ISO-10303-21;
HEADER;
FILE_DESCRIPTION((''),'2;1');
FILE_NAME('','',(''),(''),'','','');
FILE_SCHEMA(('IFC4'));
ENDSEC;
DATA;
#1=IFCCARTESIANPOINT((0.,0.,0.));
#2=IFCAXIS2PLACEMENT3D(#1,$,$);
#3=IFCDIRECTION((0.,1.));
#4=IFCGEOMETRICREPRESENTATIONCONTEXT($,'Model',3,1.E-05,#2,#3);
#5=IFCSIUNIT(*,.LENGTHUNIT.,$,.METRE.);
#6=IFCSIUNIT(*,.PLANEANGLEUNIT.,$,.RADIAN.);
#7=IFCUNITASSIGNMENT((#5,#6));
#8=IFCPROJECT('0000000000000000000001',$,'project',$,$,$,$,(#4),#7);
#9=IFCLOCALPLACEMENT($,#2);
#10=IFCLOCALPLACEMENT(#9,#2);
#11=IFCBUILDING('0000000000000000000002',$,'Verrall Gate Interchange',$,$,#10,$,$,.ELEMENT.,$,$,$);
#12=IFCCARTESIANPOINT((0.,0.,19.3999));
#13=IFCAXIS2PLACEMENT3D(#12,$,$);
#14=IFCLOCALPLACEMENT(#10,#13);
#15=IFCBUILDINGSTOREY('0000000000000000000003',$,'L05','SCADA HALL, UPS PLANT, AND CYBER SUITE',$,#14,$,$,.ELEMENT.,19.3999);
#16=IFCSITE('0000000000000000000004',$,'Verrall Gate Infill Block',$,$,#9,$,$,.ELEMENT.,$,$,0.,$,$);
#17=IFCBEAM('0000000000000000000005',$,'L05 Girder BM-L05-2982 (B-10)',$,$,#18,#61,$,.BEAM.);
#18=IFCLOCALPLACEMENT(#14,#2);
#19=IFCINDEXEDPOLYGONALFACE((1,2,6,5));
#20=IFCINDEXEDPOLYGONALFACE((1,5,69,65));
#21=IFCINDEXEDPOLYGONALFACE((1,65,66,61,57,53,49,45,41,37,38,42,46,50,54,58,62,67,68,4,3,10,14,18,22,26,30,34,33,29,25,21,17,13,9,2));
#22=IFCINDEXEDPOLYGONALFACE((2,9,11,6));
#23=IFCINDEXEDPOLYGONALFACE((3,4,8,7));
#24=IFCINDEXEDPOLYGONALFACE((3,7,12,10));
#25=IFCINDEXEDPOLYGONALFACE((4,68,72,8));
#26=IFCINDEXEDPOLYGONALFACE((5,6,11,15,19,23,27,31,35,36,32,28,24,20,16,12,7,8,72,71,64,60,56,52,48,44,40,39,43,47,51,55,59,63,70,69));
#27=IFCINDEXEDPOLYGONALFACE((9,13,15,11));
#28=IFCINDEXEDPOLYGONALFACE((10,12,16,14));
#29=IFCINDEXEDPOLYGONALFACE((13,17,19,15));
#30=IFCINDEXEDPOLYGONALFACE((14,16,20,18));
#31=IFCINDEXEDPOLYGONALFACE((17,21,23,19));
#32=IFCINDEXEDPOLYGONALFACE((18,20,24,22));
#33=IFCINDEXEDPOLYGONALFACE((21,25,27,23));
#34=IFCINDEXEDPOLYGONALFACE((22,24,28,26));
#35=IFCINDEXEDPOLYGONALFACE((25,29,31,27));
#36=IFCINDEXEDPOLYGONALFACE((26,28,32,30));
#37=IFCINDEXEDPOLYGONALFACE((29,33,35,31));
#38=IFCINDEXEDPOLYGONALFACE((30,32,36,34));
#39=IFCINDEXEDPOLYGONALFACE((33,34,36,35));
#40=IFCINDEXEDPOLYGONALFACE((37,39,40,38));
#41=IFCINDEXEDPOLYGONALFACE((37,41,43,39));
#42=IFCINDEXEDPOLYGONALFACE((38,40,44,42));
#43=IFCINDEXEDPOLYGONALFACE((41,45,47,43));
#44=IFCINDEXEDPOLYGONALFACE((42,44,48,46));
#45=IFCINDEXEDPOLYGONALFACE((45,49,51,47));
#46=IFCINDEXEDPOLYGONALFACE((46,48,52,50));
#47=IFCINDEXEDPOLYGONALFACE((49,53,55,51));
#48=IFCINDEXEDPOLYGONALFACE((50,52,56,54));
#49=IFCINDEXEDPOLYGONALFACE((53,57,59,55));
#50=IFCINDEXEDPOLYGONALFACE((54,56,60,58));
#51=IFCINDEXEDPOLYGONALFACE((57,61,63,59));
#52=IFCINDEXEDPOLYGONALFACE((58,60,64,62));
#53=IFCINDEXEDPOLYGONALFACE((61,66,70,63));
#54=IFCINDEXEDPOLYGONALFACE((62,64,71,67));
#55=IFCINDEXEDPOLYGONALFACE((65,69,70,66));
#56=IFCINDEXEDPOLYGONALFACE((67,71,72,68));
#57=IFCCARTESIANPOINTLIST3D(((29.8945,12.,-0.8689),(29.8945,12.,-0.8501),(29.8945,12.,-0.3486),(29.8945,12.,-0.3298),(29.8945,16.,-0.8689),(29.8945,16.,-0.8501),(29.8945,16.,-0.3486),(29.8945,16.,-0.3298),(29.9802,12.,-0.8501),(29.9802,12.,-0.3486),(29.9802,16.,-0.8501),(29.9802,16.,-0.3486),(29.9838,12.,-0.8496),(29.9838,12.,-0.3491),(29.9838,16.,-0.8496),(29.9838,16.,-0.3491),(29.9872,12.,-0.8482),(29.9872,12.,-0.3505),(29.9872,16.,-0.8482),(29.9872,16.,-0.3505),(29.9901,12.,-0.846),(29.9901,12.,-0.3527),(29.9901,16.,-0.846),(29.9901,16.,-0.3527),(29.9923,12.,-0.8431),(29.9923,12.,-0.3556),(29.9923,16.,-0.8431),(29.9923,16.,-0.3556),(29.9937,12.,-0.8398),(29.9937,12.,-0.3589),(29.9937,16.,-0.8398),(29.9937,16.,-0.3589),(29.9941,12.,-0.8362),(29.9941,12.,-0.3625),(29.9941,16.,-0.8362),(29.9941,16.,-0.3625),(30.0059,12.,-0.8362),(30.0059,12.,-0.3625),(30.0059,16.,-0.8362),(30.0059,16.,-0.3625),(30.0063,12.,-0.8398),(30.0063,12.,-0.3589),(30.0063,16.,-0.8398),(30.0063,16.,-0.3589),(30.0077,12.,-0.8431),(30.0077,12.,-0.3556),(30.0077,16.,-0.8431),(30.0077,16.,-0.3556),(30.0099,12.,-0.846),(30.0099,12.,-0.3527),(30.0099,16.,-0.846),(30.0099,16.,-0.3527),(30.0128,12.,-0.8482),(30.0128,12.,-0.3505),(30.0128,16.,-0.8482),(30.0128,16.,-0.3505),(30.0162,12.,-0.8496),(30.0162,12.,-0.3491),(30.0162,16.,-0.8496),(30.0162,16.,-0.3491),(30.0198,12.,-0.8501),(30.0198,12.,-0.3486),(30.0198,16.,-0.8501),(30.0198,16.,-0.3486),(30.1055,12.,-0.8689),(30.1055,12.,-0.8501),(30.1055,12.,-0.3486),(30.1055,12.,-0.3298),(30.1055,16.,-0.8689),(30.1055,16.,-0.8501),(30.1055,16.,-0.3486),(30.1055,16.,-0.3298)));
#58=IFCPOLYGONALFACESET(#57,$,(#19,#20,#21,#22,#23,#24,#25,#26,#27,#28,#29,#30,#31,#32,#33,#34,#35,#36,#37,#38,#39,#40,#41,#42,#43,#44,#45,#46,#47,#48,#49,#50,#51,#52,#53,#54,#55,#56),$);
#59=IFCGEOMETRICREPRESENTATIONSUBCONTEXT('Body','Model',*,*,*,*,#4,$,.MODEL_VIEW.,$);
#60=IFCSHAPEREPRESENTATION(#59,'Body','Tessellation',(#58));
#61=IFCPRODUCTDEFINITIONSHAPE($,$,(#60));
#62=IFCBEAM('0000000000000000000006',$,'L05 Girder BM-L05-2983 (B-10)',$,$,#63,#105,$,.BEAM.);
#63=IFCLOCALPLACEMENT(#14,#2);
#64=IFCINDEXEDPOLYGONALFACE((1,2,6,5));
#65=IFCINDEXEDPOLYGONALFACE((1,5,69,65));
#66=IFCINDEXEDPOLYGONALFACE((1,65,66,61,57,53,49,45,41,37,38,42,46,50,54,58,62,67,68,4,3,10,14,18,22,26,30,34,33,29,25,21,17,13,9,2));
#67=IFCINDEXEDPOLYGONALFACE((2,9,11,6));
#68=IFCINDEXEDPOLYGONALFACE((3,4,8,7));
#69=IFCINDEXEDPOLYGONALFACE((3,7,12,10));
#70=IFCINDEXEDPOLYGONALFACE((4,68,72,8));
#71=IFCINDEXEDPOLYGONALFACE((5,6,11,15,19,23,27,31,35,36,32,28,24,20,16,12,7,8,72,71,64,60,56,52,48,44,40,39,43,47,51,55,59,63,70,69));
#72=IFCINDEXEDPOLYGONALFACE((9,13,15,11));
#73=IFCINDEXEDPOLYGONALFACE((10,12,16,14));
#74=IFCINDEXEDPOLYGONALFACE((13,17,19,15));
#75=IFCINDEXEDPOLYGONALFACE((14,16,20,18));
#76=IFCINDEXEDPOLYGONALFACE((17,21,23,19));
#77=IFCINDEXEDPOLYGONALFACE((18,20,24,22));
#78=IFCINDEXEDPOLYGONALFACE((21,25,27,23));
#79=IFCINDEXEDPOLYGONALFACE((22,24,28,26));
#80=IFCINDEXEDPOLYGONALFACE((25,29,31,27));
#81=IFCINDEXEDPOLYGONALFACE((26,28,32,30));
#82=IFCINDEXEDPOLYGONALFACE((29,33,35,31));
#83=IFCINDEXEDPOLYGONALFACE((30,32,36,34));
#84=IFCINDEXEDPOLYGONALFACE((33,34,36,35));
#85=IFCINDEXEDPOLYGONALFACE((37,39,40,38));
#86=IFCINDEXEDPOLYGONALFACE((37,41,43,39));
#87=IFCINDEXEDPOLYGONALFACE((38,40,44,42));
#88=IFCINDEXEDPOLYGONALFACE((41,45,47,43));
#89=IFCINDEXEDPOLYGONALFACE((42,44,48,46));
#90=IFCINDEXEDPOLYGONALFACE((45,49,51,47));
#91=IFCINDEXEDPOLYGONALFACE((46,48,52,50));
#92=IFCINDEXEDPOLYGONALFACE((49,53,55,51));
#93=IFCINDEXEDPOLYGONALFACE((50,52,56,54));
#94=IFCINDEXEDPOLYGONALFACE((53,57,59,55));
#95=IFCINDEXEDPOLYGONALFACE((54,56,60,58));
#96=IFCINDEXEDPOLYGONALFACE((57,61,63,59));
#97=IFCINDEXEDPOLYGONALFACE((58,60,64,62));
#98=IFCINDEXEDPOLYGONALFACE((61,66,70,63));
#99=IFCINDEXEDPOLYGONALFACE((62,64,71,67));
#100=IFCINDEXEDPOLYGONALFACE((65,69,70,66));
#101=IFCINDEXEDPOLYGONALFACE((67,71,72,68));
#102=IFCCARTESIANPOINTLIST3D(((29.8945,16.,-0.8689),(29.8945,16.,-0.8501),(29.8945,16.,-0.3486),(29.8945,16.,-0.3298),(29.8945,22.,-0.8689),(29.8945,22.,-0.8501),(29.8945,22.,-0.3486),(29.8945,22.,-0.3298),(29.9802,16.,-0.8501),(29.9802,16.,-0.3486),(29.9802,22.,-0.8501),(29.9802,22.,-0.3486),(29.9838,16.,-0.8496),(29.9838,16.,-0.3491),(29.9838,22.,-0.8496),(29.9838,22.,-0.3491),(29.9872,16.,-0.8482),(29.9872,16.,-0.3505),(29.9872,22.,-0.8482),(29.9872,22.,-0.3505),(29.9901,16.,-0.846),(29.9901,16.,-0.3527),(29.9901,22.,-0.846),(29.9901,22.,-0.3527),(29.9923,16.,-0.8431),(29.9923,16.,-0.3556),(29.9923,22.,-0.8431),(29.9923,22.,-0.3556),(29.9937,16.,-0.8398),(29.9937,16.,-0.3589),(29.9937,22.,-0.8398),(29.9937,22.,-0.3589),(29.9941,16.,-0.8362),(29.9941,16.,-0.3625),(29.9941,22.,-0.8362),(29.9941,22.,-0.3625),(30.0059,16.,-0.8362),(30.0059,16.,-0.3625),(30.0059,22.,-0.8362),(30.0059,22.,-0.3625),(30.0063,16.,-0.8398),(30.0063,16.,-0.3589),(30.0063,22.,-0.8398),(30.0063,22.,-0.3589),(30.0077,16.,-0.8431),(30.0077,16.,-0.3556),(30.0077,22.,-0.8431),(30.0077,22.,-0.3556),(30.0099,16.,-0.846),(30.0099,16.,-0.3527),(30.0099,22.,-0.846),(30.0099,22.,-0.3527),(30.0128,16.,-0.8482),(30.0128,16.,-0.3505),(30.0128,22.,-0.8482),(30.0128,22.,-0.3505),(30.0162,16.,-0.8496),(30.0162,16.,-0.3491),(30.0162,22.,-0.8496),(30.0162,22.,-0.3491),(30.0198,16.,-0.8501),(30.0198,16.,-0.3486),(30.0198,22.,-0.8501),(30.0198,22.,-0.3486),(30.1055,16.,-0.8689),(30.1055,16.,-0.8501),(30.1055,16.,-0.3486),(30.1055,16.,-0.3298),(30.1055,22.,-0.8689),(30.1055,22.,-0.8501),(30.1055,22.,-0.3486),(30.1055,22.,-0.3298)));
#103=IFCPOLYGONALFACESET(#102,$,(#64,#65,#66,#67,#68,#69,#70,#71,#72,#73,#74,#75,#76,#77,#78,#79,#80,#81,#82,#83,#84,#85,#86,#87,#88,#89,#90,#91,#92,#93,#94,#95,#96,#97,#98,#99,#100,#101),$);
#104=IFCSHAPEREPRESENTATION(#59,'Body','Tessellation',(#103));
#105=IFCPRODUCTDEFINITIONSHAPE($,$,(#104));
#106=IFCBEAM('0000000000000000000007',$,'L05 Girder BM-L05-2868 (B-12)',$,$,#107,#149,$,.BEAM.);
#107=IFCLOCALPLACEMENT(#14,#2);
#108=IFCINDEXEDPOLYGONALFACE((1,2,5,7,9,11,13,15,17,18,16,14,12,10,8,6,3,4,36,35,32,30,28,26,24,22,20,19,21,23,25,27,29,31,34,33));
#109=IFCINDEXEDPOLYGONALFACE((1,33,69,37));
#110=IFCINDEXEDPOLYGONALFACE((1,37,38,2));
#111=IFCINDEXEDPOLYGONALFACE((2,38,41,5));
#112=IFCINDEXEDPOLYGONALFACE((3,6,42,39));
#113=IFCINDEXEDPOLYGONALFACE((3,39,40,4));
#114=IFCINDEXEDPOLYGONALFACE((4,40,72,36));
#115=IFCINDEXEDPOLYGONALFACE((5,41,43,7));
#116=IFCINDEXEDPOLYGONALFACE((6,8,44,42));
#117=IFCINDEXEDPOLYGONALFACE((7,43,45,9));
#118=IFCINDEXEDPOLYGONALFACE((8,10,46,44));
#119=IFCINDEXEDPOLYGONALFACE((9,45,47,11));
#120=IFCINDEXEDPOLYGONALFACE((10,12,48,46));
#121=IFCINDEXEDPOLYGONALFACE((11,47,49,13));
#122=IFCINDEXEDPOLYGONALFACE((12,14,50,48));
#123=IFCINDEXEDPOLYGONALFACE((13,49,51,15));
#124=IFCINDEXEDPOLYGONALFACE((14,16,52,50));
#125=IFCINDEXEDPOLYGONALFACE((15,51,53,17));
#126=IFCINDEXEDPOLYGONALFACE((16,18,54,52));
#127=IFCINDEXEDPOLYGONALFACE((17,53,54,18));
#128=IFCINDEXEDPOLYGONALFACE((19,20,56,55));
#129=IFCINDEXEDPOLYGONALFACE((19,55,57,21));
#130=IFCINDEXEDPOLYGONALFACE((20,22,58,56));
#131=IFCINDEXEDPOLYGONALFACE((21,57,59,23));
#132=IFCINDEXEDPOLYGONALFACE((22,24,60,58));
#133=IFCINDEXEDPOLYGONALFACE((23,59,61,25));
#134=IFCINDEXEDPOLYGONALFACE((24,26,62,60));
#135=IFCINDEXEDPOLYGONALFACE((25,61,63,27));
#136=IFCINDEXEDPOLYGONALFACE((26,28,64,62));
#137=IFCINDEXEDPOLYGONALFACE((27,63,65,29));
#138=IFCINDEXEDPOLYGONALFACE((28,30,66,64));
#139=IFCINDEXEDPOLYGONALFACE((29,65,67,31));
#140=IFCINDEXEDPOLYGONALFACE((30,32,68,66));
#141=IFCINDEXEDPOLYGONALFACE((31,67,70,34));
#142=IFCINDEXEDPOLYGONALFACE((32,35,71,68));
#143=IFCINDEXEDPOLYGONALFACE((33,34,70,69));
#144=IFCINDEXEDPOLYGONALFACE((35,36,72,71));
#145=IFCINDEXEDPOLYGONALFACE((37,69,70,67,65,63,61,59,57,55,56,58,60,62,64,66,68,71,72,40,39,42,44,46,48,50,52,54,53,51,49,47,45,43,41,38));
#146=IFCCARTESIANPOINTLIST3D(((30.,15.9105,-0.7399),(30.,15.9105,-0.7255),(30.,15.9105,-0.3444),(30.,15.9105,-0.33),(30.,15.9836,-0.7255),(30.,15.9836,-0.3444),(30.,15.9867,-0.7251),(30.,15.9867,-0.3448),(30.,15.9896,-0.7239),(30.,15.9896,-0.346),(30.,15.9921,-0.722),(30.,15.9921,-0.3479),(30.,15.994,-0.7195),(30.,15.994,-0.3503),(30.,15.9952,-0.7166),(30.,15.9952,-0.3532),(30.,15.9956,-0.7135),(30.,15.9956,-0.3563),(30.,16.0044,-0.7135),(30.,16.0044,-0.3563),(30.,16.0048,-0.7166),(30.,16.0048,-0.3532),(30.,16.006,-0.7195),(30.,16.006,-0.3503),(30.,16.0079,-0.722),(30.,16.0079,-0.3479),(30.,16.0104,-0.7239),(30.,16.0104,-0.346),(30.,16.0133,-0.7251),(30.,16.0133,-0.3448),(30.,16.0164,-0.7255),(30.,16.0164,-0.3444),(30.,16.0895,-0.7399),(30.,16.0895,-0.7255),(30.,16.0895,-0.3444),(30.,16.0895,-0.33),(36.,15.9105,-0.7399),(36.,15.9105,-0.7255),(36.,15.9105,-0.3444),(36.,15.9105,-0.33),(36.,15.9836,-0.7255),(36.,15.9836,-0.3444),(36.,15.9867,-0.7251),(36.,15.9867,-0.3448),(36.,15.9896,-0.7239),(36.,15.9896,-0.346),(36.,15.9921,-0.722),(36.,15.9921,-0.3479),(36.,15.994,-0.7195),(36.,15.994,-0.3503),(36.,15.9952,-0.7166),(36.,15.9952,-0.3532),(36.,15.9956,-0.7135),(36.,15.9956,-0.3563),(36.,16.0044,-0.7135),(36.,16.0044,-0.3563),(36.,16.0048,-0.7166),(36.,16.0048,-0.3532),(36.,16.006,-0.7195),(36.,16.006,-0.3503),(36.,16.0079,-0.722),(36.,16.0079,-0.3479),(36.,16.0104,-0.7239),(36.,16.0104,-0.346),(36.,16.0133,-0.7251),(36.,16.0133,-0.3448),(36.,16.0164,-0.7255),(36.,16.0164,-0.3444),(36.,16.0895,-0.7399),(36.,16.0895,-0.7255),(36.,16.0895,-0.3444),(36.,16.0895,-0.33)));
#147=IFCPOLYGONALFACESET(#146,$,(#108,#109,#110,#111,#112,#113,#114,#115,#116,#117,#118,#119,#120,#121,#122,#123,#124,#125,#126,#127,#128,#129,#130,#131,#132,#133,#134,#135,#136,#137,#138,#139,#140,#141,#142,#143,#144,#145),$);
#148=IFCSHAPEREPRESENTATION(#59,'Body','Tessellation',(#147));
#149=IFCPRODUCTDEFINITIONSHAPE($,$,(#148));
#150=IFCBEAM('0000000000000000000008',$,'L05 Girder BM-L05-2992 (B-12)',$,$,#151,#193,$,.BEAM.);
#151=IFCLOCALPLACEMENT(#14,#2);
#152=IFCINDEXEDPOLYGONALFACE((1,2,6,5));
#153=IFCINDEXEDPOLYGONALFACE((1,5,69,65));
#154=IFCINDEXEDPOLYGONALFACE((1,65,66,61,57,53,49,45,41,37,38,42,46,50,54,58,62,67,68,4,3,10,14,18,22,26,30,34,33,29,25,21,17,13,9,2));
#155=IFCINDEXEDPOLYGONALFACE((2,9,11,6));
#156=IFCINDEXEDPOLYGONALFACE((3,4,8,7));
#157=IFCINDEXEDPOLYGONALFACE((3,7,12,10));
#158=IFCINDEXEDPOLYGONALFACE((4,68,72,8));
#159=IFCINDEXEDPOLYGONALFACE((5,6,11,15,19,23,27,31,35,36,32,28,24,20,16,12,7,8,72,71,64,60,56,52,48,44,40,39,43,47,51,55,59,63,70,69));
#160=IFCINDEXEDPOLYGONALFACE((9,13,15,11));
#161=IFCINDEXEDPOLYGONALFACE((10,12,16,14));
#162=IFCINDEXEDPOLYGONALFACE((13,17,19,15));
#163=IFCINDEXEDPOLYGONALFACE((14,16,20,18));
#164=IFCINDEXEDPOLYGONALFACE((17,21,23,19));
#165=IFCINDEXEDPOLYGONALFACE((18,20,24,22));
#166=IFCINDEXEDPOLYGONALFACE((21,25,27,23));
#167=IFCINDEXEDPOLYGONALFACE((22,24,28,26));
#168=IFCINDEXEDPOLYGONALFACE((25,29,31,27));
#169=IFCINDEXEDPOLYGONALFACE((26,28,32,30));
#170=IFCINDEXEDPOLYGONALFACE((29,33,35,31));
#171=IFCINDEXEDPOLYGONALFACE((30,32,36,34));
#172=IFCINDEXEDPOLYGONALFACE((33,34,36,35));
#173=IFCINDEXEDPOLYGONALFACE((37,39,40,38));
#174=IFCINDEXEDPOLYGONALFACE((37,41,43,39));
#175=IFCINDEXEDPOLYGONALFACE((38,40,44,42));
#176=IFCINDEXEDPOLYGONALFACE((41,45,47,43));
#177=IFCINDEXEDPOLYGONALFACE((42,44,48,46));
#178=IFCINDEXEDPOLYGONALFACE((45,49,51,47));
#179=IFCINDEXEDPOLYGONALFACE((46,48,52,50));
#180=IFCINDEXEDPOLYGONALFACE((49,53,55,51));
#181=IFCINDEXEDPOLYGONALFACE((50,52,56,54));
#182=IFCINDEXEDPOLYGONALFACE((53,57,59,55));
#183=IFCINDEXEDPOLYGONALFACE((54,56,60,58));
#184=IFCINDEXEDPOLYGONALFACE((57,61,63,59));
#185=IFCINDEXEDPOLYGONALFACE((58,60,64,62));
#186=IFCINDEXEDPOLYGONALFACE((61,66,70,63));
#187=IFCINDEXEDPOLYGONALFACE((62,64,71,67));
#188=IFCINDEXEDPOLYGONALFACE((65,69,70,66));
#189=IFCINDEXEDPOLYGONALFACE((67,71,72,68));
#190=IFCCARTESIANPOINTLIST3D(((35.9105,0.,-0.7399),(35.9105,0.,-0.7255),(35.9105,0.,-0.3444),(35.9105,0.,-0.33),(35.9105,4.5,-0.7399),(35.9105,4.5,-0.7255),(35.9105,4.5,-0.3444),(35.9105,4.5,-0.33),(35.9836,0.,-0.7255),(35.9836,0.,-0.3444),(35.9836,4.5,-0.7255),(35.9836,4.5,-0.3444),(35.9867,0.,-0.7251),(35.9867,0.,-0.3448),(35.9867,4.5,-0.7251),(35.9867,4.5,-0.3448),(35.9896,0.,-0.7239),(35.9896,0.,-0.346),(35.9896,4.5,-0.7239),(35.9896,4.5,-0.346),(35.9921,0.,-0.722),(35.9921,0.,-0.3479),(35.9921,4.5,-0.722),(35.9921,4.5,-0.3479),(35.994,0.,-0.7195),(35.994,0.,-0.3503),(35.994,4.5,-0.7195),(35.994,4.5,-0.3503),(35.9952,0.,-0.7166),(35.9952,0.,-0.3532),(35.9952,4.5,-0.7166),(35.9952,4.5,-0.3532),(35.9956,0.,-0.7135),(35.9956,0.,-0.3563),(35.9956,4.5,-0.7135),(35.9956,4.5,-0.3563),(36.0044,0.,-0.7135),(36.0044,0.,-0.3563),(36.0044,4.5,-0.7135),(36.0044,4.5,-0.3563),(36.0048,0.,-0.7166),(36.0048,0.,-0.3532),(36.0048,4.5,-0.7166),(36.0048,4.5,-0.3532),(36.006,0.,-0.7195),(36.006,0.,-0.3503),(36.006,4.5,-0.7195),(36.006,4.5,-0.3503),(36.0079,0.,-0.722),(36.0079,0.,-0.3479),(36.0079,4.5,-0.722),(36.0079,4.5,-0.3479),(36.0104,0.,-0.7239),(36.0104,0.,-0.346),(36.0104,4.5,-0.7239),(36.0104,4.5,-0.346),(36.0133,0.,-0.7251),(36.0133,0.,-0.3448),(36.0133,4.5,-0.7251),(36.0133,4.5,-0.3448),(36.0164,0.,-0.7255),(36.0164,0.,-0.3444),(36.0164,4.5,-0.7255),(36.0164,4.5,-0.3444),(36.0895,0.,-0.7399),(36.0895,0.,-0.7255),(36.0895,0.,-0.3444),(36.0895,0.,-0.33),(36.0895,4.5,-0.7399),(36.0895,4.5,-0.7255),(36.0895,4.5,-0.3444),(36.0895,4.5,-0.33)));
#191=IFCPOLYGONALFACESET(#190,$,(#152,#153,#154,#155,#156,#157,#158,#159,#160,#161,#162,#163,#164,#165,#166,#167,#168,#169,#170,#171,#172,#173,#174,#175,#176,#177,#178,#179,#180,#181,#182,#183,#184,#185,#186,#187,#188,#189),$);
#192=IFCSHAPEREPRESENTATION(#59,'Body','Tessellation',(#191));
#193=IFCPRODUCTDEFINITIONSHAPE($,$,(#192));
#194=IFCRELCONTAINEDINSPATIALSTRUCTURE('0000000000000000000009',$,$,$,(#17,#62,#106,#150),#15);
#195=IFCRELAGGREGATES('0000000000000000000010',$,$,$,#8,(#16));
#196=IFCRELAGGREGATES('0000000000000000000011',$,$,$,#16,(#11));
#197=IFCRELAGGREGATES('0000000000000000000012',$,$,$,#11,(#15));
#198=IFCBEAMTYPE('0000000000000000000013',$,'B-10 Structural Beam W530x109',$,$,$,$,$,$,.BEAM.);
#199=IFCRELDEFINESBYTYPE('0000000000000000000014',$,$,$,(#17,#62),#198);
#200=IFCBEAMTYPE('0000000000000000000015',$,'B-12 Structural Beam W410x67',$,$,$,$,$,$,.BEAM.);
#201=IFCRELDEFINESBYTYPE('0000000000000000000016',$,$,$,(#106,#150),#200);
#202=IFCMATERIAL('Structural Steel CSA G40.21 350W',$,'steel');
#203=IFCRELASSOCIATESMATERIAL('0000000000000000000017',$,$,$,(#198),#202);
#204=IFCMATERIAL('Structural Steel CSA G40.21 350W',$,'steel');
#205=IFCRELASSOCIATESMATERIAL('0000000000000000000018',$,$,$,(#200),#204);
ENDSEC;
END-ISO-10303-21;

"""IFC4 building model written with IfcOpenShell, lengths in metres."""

from ifc_helpers import new_model, si_unit, direction, frame, origin, origin_2d, place, context, subcontext, project, spatial, i_section, extrude, material, material_profile, profile_set, type_object, element, save


model = new_model("IFC4")

# Units and contexts
model_context = context("Model", 3, precision=1e-05, world=origin(), true_north=direction((0.0, 1.0)))
body_context = subcontext(model_context, "Body", "Model", "MODEL_VIEW")
ifc_project = project(units=[si_unit("LENGTHUNIT", "METRE"), si_unit("PLANEANGLEUNIT", "RADIAN")], contexts=[model_context])

# Site, building, storey
site_placement = place(None, origin())
site = spatial("IfcSite", under=ifc_project, at=site_placement, Name="Verrall Gate Infill Block", CompositionType="ELEMENT", RefElevation=0.0)
building_placement = place(site_placement, origin())
building = spatial("IfcBuilding", under=site, at=building_placement, Name="Verrall Gate Interchange", CompositionType="ELEMENT")
storey_placement = place(building_placement, frame((0.0, 0.0, 19.3999)))
storey = spatial("IfcBuildingStorey", under=building, at=storey_placement, Name="L05", Description="SCADA HALL, UPS PLANT, AND CYBER SUITE", CompositionType="ELEMENT", Elevation=19.3999)

# Beams
ifc_material_1 = material(Name="Structural Steel CSA G40.21 350W", Category="steel")
ifc_material_profile_1 = material_profile(ifc_material_1, i_section(OverallWidth=0.2109, OverallDepth=0.5391, WebThickness=0.0117, FlangeThickness=0.0188, FilletRadius=0.0139, at=origin_2d()), Name="W530x109")
ifc_profile_set_1 = profile_set([ifc_material_profile_1], Name="Structural Steel CSA G40.21 350W")
beam_type_1 = type_object("IfcBeamType", Name="B-10 Structural Beam W530x109", PredefinedType="BEAM", material=ifc_profile_set_1)
beam_1_placement = place(storey_placement, frame((30.0, 12.0, -0.5994), z_axis=(0.0, 1.0, 0.0), x_axis=(-1.0, 0.0, 0.0)))
element("IfcBeam", 1, at=beam_1_placement, inside=storey, type_object=beam_type_1, Name="L05 Girder BM-L05-2982 (B-10)", PredefinedType="BEAM", context=body_context, shape_type="SweptSolid", body=[
    extrude(i_section(OverallWidth=0.2109, OverallDepth=0.5391, WebThickness=0.0117, FlangeThickness=0.0188, FilletRadius=0.0139, at=origin_2d()), origin(), (0.0, 0.0, 1.0), 4.0),
])
beam_2_placement = place(storey_placement, frame((30.0, 16.0, -0.5994), z_axis=(0.0, 1.0, 0.0), x_axis=(-1.0, 0.0, 0.0)))
element("IfcBeam", 2, at=beam_2_placement, inside=storey, type_object=beam_type_1, Name="L05 Girder BM-L05-2983 (B-10)", PredefinedType="BEAM", context=body_context, shape_type="SweptSolid", body=[
    extrude(i_section(OverallWidth=0.2109, OverallDepth=0.5391, WebThickness=0.0117, FlangeThickness=0.0188, FilletRadius=0.0139, at=origin_2d()), origin(), (0.0, 0.0, 1.0), 6.0),
])
ifc_material_2 = material(Name="Structural Steel CSA G40.21 350W", Category="steel")
ifc_material_profile_2 = material_profile(ifc_material_2, i_section(OverallWidth=0.179, OverallDepth=0.4099, WebThickness=0.0088, FlangeThickness=0.0144, FilletRadius=0.012, at=origin_2d()), Name="W410x67")
ifc_profile_set_2 = profile_set([ifc_material_profile_2], Name="Structural Steel CSA G40.21 350W")
beam_type_2 = type_object("IfcBeamType", Name="B-12 Structural Beam W410x67", PredefinedType="BEAM", material=ifc_profile_set_2)
beam_3_placement = place(storey_placement, frame((30.0, 16.0, -0.5349), z_axis=(1.0, 0.0, 0.0), x_axis=(0.0, 1.0, 0.0)))
element("IfcBeam", 3, at=beam_3_placement, inside=storey, type_object=beam_type_2, Name="L05 Girder BM-L05-2868 (B-12)", PredefinedType="BEAM", context=body_context, shape_type="SweptSolid", body=[
    extrude(i_section(OverallWidth=0.179, OverallDepth=0.4099, WebThickness=0.0088, FlangeThickness=0.0144, FilletRadius=0.012, at=origin_2d()), origin(), (0.0, 0.0, 1.0), 6.0),
])
beam_4_placement = place(storey_placement, frame((36.0, 0.0, -0.5349), z_axis=(0.0, 1.0, 0.0), x_axis=(-1.0, 0.0, 0.0)))
element("IfcBeam", 4, at=beam_4_placement, inside=storey, type_object=beam_type_2, Name="L05 Girder BM-L05-2992 (B-12)", PredefinedType="BEAM", context=body_context, shape_type="SweptSolid", body=[
    extrude(i_section(OverallWidth=0.179, OverallDepth=0.4099, WebThickness=0.0088, FlangeThickness=0.0144, FilletRadius=0.012, at=origin_2d()), origin(), (0.0, 0.0, 1.0), 4.5),
])

save(model, "model.ifc")
